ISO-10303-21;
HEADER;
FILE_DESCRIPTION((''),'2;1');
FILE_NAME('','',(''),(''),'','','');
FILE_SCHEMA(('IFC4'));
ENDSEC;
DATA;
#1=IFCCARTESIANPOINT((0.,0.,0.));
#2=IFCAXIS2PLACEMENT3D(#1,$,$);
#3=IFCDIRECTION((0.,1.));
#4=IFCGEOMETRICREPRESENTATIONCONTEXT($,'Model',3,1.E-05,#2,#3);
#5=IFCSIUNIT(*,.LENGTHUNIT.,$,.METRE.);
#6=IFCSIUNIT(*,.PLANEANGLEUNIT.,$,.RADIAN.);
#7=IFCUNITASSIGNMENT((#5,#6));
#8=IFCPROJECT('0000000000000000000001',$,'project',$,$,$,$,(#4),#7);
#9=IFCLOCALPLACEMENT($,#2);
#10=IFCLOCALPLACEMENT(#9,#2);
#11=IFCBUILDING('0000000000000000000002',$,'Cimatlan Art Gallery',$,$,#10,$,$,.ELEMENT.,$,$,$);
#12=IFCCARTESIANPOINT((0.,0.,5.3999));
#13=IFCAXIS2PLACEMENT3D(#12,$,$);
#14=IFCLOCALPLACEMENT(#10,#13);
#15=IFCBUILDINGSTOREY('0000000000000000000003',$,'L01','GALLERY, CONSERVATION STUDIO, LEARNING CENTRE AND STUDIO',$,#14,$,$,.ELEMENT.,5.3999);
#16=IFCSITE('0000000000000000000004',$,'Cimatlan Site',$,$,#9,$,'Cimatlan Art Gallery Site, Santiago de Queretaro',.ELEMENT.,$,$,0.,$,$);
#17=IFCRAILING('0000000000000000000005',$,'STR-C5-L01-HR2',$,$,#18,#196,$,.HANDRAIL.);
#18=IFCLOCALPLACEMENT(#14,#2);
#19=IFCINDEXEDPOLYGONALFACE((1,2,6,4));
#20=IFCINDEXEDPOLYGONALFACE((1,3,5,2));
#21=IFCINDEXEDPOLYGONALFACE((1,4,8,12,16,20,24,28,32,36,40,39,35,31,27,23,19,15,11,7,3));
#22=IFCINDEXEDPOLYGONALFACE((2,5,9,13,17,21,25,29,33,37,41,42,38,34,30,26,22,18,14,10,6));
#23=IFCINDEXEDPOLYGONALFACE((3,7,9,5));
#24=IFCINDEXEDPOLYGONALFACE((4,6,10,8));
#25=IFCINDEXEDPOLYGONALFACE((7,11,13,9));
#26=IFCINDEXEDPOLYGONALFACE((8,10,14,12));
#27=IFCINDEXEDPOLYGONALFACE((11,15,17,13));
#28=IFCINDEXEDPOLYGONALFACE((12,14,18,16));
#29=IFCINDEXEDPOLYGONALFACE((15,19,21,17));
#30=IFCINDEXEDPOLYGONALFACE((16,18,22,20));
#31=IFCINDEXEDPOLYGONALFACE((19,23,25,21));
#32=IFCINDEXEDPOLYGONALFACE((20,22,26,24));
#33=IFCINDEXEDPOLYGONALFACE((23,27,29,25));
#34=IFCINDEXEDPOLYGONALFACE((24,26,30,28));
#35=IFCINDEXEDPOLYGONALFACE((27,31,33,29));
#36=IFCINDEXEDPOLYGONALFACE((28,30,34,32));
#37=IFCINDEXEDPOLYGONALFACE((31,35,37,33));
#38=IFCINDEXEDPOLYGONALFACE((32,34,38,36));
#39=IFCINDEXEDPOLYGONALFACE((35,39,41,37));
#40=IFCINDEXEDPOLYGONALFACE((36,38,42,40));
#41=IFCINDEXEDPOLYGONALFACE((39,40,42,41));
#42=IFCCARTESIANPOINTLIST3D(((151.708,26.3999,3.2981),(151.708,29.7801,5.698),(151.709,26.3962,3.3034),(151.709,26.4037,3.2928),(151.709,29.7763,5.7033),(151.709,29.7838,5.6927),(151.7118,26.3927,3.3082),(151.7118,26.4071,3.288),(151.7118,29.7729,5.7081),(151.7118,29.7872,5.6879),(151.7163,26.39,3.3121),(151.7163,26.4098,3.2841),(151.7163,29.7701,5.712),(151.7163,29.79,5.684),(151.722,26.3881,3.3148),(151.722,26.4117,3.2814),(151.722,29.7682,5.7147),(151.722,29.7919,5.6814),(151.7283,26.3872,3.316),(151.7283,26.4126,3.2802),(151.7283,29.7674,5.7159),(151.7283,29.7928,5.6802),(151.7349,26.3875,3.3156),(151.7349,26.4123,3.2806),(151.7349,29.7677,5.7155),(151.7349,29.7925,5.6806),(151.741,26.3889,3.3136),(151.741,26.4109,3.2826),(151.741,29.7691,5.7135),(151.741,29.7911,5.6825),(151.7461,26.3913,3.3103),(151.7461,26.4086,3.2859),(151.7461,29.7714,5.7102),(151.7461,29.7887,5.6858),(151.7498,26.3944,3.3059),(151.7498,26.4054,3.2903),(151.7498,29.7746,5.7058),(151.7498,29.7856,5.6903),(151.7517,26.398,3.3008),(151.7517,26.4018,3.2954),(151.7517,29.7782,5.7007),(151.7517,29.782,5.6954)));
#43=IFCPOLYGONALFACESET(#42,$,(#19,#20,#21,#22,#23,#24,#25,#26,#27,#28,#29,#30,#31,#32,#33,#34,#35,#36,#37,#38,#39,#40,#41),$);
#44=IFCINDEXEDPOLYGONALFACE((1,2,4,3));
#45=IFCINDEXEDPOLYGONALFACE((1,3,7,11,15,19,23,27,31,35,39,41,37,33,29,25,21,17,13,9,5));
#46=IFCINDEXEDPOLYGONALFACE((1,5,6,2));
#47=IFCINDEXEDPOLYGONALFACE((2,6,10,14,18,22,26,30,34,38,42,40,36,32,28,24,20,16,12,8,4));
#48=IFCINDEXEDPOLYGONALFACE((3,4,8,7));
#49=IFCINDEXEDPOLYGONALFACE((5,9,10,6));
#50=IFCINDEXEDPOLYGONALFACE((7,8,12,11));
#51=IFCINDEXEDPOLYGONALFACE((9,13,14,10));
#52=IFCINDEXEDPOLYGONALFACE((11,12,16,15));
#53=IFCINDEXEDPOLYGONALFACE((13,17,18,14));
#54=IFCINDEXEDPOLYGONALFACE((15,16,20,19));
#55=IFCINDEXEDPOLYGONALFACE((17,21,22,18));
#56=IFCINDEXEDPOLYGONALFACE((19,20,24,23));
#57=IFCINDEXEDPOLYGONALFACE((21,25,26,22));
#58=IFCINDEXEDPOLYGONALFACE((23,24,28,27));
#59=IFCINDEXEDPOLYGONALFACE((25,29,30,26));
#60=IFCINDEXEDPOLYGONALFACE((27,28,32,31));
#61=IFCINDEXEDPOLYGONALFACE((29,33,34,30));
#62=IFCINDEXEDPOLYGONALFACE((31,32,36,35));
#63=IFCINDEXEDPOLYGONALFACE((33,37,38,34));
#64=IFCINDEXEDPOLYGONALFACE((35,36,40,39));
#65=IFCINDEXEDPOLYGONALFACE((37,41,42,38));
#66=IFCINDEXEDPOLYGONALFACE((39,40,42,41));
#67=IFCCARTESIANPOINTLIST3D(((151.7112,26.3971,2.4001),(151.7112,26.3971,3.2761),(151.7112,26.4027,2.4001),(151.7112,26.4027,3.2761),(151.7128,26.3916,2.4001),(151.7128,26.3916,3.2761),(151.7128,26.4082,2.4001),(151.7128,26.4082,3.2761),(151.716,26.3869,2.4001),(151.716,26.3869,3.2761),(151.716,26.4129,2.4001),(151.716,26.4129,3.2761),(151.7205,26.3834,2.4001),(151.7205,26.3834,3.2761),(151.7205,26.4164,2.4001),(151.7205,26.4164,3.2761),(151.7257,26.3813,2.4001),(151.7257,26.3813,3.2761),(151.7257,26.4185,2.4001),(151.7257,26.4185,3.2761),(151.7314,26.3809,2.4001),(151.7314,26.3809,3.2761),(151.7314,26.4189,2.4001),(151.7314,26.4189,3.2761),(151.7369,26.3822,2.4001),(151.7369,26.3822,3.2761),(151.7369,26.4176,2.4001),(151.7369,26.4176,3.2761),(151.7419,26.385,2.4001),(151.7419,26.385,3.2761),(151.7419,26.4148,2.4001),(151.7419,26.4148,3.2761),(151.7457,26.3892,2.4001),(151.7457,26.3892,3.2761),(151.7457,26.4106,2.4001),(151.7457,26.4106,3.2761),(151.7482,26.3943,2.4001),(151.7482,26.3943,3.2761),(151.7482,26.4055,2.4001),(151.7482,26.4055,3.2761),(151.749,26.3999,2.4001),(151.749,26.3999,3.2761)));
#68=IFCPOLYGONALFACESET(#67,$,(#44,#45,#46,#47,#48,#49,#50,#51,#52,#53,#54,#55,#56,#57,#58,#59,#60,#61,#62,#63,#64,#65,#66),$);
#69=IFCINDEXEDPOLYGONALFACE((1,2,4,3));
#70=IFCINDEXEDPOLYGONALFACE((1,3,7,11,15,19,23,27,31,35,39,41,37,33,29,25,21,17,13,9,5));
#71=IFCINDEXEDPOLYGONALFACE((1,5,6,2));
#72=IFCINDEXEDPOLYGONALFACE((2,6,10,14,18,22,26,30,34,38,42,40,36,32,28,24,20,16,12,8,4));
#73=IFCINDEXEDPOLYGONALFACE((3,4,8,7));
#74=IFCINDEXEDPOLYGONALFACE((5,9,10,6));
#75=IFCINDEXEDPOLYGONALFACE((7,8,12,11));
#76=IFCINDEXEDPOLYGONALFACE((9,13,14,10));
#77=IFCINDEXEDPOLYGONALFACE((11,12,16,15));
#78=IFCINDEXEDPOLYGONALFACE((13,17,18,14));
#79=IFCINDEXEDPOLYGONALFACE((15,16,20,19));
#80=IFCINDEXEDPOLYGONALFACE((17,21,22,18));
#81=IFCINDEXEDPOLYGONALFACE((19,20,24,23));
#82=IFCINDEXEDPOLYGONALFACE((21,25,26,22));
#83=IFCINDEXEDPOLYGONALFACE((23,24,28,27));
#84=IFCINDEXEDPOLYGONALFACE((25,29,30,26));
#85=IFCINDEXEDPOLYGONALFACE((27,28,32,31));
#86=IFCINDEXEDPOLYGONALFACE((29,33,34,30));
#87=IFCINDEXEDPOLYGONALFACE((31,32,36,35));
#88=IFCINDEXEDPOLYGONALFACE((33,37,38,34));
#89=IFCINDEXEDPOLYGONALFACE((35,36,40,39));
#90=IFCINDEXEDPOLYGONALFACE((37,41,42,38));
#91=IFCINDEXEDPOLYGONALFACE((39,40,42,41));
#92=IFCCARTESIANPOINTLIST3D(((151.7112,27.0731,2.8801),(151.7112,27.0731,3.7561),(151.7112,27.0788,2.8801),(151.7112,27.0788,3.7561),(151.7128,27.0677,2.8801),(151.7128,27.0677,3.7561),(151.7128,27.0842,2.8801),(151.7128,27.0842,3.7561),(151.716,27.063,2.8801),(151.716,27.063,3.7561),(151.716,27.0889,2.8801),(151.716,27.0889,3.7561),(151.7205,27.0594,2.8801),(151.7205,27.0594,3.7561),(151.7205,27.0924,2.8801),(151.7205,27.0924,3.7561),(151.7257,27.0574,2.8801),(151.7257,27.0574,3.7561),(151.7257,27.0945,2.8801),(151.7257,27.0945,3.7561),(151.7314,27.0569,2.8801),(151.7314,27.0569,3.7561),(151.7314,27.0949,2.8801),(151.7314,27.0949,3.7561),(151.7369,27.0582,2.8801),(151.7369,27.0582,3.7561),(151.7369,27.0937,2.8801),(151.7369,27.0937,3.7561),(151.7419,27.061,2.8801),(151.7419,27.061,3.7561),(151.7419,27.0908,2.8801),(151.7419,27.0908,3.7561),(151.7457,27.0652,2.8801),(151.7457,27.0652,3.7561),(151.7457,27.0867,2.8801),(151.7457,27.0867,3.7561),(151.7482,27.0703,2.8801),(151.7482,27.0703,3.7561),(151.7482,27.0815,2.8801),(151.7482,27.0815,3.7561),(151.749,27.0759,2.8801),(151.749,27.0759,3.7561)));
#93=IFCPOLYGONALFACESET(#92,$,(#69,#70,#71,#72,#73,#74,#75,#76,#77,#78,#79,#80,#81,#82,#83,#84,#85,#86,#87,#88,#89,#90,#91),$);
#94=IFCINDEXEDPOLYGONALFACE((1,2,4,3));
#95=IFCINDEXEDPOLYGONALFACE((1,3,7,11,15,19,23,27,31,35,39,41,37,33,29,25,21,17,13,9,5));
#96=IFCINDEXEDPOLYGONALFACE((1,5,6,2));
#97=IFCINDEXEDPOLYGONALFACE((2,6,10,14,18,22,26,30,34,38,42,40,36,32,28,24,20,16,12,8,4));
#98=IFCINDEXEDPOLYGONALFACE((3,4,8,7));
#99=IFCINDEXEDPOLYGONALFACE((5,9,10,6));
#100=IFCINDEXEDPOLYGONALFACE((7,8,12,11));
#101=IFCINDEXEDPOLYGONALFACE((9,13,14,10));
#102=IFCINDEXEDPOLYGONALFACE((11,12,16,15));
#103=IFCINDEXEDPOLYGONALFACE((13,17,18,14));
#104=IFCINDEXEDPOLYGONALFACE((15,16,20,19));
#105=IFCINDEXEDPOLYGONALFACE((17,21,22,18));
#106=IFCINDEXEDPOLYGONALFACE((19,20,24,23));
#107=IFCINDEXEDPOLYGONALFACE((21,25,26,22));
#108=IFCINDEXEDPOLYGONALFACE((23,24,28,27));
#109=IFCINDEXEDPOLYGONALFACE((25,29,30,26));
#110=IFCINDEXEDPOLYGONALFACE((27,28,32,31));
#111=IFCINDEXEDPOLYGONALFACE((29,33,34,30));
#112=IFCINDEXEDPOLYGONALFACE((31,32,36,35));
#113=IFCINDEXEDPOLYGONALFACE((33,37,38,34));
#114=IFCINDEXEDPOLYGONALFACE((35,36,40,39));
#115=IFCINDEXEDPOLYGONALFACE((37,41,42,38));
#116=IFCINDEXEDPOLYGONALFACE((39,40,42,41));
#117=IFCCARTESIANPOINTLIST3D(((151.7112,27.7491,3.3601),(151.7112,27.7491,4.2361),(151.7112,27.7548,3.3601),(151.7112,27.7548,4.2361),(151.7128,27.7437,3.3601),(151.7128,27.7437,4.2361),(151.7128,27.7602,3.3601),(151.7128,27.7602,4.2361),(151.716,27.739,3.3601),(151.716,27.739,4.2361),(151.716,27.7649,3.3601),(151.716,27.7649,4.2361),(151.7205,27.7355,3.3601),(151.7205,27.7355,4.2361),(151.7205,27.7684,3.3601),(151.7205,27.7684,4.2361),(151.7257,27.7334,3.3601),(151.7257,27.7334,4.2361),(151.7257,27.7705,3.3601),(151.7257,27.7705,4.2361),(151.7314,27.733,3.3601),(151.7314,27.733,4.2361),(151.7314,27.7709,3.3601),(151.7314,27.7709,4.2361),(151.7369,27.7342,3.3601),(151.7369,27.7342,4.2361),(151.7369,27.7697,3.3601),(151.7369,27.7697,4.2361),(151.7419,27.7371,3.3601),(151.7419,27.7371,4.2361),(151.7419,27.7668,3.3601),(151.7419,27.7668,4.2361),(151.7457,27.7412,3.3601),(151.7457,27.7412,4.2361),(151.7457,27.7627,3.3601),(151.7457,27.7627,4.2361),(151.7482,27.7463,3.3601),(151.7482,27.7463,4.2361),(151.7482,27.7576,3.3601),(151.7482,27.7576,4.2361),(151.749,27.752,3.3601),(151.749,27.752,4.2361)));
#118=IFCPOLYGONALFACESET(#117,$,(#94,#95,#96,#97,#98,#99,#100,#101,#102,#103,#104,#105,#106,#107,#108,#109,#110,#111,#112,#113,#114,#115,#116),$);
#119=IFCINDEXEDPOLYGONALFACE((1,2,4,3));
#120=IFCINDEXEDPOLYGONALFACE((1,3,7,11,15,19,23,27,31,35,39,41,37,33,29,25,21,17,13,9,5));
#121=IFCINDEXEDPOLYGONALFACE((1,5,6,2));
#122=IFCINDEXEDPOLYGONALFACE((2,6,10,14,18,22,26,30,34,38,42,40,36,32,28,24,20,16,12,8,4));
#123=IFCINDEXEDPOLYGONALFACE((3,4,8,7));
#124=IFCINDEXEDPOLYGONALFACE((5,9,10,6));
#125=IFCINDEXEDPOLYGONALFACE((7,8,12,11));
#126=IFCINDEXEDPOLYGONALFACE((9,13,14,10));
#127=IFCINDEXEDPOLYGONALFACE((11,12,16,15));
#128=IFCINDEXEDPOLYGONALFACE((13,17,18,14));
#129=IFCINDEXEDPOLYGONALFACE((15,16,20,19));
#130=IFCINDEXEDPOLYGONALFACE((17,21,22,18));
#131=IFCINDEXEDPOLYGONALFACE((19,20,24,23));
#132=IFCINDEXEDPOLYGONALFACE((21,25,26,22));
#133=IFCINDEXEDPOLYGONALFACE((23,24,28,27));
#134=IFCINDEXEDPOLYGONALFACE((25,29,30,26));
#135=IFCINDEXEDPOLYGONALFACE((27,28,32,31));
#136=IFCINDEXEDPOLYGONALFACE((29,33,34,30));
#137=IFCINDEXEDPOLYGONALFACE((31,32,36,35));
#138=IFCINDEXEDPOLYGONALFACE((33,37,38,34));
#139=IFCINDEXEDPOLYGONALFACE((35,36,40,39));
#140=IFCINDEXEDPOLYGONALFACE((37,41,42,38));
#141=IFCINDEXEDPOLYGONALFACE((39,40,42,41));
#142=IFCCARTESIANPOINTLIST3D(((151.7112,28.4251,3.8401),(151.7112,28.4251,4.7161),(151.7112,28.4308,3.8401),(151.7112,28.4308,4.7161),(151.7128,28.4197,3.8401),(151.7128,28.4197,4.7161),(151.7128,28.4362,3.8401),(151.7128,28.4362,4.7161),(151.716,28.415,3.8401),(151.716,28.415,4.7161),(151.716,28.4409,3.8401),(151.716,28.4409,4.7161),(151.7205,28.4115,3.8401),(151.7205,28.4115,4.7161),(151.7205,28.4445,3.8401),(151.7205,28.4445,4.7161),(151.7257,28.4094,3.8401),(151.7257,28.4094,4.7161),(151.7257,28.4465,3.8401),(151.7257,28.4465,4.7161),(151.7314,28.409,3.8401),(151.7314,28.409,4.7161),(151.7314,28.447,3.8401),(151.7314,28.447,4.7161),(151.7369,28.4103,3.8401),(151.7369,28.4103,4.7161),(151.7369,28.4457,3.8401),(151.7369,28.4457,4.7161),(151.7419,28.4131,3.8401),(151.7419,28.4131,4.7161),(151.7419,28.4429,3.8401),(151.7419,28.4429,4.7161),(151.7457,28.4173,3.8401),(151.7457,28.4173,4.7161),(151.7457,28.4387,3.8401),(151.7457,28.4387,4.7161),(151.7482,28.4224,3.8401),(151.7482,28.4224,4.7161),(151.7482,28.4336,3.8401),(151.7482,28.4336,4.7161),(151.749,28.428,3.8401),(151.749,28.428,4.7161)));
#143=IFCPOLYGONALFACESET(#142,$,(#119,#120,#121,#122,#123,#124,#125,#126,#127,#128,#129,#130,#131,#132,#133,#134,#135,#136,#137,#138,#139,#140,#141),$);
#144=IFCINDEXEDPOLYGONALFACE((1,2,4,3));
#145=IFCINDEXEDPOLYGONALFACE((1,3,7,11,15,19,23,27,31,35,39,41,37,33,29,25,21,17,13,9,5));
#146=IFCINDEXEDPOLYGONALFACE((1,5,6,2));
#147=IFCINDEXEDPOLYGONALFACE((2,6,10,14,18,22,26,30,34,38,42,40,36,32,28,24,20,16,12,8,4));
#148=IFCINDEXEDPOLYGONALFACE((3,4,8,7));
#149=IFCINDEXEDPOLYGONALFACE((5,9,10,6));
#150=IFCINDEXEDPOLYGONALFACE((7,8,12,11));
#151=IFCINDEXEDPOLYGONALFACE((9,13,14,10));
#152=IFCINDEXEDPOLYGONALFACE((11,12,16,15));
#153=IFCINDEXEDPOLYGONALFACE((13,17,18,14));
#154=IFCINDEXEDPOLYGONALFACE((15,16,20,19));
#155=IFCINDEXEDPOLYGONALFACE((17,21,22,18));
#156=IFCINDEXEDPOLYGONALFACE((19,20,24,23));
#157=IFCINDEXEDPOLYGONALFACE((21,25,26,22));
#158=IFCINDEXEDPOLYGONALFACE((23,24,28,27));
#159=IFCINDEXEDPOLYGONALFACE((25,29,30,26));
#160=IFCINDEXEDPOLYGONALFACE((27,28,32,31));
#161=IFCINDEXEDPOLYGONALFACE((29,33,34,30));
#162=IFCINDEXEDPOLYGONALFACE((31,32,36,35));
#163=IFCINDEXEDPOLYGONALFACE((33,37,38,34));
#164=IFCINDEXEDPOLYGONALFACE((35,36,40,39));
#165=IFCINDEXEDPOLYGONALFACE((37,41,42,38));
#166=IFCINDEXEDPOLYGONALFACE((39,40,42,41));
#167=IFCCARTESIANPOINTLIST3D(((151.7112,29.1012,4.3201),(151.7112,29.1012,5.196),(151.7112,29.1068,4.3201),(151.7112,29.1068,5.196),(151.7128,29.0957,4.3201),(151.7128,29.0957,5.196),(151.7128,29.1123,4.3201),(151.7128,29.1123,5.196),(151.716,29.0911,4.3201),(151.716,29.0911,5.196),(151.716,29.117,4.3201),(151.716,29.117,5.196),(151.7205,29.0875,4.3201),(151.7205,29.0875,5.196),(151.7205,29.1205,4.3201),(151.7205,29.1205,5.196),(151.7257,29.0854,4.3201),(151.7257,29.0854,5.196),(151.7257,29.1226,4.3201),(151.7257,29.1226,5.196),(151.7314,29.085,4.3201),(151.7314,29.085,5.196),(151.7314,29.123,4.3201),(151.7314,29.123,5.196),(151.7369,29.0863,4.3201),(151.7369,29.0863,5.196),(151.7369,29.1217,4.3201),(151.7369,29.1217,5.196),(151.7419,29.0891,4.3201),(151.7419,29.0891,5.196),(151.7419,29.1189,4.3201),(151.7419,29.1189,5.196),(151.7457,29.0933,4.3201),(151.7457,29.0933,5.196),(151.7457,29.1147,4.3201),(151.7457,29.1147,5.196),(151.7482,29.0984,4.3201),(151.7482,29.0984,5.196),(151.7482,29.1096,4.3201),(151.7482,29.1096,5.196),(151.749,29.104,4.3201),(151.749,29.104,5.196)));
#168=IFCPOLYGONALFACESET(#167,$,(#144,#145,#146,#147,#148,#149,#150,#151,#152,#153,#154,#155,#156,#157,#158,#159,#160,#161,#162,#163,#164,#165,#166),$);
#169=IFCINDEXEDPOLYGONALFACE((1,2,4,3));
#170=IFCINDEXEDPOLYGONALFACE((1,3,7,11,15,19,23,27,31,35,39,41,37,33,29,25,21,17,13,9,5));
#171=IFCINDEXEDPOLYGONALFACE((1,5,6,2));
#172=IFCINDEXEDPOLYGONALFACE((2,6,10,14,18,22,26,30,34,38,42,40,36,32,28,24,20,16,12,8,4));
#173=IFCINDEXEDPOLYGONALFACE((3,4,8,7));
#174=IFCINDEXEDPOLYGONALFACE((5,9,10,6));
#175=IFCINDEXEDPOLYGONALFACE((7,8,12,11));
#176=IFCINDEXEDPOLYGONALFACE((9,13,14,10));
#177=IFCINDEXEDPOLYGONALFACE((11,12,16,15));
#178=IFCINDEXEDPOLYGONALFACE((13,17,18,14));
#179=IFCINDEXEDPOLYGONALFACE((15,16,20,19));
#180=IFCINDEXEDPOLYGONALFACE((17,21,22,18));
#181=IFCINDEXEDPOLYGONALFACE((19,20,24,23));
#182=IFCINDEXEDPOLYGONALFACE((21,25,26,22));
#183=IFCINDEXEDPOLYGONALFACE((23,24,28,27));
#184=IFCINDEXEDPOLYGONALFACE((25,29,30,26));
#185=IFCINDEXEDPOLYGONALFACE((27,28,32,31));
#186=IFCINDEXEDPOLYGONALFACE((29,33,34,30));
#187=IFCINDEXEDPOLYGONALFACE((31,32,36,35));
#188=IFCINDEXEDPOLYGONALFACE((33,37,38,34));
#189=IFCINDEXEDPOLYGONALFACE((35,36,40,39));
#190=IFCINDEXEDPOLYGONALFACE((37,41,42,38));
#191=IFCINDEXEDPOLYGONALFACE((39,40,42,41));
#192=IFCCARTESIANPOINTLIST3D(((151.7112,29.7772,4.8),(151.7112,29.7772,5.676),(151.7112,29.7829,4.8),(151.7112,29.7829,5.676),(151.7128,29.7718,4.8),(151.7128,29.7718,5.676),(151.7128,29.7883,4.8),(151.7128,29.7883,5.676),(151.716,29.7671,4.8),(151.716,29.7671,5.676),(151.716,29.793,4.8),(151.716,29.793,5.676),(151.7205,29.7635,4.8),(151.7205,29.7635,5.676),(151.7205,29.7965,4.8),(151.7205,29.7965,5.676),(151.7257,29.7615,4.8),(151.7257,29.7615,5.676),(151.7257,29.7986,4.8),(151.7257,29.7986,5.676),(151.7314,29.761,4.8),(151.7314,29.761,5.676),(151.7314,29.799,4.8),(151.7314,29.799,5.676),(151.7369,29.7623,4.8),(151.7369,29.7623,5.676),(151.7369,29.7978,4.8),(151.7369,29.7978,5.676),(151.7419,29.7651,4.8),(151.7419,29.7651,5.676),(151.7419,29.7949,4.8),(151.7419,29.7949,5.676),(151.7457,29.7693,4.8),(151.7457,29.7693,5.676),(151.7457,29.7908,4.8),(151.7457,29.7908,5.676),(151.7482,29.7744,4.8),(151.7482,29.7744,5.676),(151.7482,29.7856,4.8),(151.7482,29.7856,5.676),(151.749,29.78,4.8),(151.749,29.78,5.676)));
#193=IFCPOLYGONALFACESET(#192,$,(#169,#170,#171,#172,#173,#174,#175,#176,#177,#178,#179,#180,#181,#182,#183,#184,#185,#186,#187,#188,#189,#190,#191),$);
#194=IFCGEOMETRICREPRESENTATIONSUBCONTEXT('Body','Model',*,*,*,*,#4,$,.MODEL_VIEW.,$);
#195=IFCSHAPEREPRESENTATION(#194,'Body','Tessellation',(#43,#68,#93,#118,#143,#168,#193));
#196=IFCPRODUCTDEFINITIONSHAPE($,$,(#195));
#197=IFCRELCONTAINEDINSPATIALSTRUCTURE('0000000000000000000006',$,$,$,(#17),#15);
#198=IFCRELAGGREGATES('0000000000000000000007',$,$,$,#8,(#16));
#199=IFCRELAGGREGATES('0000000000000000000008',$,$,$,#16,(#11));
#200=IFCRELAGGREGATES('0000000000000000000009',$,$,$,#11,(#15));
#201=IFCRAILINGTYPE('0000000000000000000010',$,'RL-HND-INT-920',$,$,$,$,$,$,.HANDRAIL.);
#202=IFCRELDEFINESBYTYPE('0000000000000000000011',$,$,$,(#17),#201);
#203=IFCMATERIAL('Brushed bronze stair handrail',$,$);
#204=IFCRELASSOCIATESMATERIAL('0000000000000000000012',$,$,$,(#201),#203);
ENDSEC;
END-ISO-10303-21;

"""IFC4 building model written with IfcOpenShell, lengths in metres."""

from ifc_helpers import new_model, si_unit, direction, frame, origin, origin_2d, place, context, subcontext, project, spatial, circle, extrude, material, type_object, element, save


model = new_model("IFC4")

# Units and contexts
model_context = context("Model", 3, precision=1e-05, world=origin(), true_north=direction((0.0, 1.0)))
body_context = subcontext(model_context, "Body", "Model", "MODEL_VIEW")
ifc_project = project(units=[si_unit("LENGTHUNIT", "METRE"), si_unit("PLANEANGLEUNIT", "RADIAN")], contexts=[model_context])

# Site, building, storey
site_placement = place(None, origin())
site = spatial("IfcSite", under=ifc_project, at=site_placement, Name="Cimatlan Site", LongName="Cimatlan Art Gallery Site, Santiago de Queretaro", CompositionType="ELEMENT", RefElevation=0.0)
building_placement = place(site_placement, origin())
building = spatial("IfcBuilding", under=site, at=building_placement, Name="Cimatlan Art Gallery", CompositionType="ELEMENT")
storey_placement = place(building_placement, frame((0.0, 0.0, 5.3999)))
storey = spatial("IfcBuildingStorey", under=building, at=storey_placement, Name="L01", Description="GALLERY, CONSERVATION STUDIO, LEARNING CENTRE AND STUDIO", CompositionType="ELEMENT", Elevation=5.3999)

# Railing
ifc_material_1 = material(Name="Brushed bronze stair handrail")
railing_type_1 = type_object("IfcRailingType", Name="RL-HND-INT-920", PredefinedType="HANDRAIL", material=ifc_material_1)
railing_1_placement = place(storey_placement, frame((151.73, 26.3999, 2.4001)))
element("IfcRailing", 1, at=railing_1_placement, inside=storey, type_object=railing_type_1, Name="STR-C5-L01-HR2", PredefinedType="HANDRAIL", context=body_context, shape_type="SweptSolid", body=[
    extrude(circle(Radius=0.022, at=origin_2d()), frame((0.0, 0.0, 0.8979), z_axis=(0.0, 0.815382, 0.578924), x_axis=(-1.0, 0.0, 0.0)), (0.0, 0.0, 1.0), 4.1455),
    extrude(circle(Radius=0.019, at=origin_2d()), origin(), (0.0, 0.0, 1.0), 0.876),
    extrude(circle(Radius=0.019, at=origin_2d()), frame((0.0, 0.676, 0.48)), (0.0, 0.0, 1.0), 0.876),
    extrude(circle(Radius=0.019, at=origin_2d()), frame((0.0, 1.3521, 0.96)), (0.0, 0.0, 1.0), 0.876),
    extrude(circle(Radius=0.019, at=origin_2d()), frame((0.0, 2.0281, 1.4399)), (0.0, 0.0, 1.0), 0.876),
    extrude(circle(Radius=0.019, at=origin_2d()), frame((0.0, 2.7041, 1.9199)), (0.0, 0.0, 1.0), 0.876),
    extrude(circle(Radius=0.019, at=origin_2d()), frame((0.0, 3.3801, 2.3999)), (0.0, 0.0, 1.0), 0.876),
])

save(model, "model.ifc")
